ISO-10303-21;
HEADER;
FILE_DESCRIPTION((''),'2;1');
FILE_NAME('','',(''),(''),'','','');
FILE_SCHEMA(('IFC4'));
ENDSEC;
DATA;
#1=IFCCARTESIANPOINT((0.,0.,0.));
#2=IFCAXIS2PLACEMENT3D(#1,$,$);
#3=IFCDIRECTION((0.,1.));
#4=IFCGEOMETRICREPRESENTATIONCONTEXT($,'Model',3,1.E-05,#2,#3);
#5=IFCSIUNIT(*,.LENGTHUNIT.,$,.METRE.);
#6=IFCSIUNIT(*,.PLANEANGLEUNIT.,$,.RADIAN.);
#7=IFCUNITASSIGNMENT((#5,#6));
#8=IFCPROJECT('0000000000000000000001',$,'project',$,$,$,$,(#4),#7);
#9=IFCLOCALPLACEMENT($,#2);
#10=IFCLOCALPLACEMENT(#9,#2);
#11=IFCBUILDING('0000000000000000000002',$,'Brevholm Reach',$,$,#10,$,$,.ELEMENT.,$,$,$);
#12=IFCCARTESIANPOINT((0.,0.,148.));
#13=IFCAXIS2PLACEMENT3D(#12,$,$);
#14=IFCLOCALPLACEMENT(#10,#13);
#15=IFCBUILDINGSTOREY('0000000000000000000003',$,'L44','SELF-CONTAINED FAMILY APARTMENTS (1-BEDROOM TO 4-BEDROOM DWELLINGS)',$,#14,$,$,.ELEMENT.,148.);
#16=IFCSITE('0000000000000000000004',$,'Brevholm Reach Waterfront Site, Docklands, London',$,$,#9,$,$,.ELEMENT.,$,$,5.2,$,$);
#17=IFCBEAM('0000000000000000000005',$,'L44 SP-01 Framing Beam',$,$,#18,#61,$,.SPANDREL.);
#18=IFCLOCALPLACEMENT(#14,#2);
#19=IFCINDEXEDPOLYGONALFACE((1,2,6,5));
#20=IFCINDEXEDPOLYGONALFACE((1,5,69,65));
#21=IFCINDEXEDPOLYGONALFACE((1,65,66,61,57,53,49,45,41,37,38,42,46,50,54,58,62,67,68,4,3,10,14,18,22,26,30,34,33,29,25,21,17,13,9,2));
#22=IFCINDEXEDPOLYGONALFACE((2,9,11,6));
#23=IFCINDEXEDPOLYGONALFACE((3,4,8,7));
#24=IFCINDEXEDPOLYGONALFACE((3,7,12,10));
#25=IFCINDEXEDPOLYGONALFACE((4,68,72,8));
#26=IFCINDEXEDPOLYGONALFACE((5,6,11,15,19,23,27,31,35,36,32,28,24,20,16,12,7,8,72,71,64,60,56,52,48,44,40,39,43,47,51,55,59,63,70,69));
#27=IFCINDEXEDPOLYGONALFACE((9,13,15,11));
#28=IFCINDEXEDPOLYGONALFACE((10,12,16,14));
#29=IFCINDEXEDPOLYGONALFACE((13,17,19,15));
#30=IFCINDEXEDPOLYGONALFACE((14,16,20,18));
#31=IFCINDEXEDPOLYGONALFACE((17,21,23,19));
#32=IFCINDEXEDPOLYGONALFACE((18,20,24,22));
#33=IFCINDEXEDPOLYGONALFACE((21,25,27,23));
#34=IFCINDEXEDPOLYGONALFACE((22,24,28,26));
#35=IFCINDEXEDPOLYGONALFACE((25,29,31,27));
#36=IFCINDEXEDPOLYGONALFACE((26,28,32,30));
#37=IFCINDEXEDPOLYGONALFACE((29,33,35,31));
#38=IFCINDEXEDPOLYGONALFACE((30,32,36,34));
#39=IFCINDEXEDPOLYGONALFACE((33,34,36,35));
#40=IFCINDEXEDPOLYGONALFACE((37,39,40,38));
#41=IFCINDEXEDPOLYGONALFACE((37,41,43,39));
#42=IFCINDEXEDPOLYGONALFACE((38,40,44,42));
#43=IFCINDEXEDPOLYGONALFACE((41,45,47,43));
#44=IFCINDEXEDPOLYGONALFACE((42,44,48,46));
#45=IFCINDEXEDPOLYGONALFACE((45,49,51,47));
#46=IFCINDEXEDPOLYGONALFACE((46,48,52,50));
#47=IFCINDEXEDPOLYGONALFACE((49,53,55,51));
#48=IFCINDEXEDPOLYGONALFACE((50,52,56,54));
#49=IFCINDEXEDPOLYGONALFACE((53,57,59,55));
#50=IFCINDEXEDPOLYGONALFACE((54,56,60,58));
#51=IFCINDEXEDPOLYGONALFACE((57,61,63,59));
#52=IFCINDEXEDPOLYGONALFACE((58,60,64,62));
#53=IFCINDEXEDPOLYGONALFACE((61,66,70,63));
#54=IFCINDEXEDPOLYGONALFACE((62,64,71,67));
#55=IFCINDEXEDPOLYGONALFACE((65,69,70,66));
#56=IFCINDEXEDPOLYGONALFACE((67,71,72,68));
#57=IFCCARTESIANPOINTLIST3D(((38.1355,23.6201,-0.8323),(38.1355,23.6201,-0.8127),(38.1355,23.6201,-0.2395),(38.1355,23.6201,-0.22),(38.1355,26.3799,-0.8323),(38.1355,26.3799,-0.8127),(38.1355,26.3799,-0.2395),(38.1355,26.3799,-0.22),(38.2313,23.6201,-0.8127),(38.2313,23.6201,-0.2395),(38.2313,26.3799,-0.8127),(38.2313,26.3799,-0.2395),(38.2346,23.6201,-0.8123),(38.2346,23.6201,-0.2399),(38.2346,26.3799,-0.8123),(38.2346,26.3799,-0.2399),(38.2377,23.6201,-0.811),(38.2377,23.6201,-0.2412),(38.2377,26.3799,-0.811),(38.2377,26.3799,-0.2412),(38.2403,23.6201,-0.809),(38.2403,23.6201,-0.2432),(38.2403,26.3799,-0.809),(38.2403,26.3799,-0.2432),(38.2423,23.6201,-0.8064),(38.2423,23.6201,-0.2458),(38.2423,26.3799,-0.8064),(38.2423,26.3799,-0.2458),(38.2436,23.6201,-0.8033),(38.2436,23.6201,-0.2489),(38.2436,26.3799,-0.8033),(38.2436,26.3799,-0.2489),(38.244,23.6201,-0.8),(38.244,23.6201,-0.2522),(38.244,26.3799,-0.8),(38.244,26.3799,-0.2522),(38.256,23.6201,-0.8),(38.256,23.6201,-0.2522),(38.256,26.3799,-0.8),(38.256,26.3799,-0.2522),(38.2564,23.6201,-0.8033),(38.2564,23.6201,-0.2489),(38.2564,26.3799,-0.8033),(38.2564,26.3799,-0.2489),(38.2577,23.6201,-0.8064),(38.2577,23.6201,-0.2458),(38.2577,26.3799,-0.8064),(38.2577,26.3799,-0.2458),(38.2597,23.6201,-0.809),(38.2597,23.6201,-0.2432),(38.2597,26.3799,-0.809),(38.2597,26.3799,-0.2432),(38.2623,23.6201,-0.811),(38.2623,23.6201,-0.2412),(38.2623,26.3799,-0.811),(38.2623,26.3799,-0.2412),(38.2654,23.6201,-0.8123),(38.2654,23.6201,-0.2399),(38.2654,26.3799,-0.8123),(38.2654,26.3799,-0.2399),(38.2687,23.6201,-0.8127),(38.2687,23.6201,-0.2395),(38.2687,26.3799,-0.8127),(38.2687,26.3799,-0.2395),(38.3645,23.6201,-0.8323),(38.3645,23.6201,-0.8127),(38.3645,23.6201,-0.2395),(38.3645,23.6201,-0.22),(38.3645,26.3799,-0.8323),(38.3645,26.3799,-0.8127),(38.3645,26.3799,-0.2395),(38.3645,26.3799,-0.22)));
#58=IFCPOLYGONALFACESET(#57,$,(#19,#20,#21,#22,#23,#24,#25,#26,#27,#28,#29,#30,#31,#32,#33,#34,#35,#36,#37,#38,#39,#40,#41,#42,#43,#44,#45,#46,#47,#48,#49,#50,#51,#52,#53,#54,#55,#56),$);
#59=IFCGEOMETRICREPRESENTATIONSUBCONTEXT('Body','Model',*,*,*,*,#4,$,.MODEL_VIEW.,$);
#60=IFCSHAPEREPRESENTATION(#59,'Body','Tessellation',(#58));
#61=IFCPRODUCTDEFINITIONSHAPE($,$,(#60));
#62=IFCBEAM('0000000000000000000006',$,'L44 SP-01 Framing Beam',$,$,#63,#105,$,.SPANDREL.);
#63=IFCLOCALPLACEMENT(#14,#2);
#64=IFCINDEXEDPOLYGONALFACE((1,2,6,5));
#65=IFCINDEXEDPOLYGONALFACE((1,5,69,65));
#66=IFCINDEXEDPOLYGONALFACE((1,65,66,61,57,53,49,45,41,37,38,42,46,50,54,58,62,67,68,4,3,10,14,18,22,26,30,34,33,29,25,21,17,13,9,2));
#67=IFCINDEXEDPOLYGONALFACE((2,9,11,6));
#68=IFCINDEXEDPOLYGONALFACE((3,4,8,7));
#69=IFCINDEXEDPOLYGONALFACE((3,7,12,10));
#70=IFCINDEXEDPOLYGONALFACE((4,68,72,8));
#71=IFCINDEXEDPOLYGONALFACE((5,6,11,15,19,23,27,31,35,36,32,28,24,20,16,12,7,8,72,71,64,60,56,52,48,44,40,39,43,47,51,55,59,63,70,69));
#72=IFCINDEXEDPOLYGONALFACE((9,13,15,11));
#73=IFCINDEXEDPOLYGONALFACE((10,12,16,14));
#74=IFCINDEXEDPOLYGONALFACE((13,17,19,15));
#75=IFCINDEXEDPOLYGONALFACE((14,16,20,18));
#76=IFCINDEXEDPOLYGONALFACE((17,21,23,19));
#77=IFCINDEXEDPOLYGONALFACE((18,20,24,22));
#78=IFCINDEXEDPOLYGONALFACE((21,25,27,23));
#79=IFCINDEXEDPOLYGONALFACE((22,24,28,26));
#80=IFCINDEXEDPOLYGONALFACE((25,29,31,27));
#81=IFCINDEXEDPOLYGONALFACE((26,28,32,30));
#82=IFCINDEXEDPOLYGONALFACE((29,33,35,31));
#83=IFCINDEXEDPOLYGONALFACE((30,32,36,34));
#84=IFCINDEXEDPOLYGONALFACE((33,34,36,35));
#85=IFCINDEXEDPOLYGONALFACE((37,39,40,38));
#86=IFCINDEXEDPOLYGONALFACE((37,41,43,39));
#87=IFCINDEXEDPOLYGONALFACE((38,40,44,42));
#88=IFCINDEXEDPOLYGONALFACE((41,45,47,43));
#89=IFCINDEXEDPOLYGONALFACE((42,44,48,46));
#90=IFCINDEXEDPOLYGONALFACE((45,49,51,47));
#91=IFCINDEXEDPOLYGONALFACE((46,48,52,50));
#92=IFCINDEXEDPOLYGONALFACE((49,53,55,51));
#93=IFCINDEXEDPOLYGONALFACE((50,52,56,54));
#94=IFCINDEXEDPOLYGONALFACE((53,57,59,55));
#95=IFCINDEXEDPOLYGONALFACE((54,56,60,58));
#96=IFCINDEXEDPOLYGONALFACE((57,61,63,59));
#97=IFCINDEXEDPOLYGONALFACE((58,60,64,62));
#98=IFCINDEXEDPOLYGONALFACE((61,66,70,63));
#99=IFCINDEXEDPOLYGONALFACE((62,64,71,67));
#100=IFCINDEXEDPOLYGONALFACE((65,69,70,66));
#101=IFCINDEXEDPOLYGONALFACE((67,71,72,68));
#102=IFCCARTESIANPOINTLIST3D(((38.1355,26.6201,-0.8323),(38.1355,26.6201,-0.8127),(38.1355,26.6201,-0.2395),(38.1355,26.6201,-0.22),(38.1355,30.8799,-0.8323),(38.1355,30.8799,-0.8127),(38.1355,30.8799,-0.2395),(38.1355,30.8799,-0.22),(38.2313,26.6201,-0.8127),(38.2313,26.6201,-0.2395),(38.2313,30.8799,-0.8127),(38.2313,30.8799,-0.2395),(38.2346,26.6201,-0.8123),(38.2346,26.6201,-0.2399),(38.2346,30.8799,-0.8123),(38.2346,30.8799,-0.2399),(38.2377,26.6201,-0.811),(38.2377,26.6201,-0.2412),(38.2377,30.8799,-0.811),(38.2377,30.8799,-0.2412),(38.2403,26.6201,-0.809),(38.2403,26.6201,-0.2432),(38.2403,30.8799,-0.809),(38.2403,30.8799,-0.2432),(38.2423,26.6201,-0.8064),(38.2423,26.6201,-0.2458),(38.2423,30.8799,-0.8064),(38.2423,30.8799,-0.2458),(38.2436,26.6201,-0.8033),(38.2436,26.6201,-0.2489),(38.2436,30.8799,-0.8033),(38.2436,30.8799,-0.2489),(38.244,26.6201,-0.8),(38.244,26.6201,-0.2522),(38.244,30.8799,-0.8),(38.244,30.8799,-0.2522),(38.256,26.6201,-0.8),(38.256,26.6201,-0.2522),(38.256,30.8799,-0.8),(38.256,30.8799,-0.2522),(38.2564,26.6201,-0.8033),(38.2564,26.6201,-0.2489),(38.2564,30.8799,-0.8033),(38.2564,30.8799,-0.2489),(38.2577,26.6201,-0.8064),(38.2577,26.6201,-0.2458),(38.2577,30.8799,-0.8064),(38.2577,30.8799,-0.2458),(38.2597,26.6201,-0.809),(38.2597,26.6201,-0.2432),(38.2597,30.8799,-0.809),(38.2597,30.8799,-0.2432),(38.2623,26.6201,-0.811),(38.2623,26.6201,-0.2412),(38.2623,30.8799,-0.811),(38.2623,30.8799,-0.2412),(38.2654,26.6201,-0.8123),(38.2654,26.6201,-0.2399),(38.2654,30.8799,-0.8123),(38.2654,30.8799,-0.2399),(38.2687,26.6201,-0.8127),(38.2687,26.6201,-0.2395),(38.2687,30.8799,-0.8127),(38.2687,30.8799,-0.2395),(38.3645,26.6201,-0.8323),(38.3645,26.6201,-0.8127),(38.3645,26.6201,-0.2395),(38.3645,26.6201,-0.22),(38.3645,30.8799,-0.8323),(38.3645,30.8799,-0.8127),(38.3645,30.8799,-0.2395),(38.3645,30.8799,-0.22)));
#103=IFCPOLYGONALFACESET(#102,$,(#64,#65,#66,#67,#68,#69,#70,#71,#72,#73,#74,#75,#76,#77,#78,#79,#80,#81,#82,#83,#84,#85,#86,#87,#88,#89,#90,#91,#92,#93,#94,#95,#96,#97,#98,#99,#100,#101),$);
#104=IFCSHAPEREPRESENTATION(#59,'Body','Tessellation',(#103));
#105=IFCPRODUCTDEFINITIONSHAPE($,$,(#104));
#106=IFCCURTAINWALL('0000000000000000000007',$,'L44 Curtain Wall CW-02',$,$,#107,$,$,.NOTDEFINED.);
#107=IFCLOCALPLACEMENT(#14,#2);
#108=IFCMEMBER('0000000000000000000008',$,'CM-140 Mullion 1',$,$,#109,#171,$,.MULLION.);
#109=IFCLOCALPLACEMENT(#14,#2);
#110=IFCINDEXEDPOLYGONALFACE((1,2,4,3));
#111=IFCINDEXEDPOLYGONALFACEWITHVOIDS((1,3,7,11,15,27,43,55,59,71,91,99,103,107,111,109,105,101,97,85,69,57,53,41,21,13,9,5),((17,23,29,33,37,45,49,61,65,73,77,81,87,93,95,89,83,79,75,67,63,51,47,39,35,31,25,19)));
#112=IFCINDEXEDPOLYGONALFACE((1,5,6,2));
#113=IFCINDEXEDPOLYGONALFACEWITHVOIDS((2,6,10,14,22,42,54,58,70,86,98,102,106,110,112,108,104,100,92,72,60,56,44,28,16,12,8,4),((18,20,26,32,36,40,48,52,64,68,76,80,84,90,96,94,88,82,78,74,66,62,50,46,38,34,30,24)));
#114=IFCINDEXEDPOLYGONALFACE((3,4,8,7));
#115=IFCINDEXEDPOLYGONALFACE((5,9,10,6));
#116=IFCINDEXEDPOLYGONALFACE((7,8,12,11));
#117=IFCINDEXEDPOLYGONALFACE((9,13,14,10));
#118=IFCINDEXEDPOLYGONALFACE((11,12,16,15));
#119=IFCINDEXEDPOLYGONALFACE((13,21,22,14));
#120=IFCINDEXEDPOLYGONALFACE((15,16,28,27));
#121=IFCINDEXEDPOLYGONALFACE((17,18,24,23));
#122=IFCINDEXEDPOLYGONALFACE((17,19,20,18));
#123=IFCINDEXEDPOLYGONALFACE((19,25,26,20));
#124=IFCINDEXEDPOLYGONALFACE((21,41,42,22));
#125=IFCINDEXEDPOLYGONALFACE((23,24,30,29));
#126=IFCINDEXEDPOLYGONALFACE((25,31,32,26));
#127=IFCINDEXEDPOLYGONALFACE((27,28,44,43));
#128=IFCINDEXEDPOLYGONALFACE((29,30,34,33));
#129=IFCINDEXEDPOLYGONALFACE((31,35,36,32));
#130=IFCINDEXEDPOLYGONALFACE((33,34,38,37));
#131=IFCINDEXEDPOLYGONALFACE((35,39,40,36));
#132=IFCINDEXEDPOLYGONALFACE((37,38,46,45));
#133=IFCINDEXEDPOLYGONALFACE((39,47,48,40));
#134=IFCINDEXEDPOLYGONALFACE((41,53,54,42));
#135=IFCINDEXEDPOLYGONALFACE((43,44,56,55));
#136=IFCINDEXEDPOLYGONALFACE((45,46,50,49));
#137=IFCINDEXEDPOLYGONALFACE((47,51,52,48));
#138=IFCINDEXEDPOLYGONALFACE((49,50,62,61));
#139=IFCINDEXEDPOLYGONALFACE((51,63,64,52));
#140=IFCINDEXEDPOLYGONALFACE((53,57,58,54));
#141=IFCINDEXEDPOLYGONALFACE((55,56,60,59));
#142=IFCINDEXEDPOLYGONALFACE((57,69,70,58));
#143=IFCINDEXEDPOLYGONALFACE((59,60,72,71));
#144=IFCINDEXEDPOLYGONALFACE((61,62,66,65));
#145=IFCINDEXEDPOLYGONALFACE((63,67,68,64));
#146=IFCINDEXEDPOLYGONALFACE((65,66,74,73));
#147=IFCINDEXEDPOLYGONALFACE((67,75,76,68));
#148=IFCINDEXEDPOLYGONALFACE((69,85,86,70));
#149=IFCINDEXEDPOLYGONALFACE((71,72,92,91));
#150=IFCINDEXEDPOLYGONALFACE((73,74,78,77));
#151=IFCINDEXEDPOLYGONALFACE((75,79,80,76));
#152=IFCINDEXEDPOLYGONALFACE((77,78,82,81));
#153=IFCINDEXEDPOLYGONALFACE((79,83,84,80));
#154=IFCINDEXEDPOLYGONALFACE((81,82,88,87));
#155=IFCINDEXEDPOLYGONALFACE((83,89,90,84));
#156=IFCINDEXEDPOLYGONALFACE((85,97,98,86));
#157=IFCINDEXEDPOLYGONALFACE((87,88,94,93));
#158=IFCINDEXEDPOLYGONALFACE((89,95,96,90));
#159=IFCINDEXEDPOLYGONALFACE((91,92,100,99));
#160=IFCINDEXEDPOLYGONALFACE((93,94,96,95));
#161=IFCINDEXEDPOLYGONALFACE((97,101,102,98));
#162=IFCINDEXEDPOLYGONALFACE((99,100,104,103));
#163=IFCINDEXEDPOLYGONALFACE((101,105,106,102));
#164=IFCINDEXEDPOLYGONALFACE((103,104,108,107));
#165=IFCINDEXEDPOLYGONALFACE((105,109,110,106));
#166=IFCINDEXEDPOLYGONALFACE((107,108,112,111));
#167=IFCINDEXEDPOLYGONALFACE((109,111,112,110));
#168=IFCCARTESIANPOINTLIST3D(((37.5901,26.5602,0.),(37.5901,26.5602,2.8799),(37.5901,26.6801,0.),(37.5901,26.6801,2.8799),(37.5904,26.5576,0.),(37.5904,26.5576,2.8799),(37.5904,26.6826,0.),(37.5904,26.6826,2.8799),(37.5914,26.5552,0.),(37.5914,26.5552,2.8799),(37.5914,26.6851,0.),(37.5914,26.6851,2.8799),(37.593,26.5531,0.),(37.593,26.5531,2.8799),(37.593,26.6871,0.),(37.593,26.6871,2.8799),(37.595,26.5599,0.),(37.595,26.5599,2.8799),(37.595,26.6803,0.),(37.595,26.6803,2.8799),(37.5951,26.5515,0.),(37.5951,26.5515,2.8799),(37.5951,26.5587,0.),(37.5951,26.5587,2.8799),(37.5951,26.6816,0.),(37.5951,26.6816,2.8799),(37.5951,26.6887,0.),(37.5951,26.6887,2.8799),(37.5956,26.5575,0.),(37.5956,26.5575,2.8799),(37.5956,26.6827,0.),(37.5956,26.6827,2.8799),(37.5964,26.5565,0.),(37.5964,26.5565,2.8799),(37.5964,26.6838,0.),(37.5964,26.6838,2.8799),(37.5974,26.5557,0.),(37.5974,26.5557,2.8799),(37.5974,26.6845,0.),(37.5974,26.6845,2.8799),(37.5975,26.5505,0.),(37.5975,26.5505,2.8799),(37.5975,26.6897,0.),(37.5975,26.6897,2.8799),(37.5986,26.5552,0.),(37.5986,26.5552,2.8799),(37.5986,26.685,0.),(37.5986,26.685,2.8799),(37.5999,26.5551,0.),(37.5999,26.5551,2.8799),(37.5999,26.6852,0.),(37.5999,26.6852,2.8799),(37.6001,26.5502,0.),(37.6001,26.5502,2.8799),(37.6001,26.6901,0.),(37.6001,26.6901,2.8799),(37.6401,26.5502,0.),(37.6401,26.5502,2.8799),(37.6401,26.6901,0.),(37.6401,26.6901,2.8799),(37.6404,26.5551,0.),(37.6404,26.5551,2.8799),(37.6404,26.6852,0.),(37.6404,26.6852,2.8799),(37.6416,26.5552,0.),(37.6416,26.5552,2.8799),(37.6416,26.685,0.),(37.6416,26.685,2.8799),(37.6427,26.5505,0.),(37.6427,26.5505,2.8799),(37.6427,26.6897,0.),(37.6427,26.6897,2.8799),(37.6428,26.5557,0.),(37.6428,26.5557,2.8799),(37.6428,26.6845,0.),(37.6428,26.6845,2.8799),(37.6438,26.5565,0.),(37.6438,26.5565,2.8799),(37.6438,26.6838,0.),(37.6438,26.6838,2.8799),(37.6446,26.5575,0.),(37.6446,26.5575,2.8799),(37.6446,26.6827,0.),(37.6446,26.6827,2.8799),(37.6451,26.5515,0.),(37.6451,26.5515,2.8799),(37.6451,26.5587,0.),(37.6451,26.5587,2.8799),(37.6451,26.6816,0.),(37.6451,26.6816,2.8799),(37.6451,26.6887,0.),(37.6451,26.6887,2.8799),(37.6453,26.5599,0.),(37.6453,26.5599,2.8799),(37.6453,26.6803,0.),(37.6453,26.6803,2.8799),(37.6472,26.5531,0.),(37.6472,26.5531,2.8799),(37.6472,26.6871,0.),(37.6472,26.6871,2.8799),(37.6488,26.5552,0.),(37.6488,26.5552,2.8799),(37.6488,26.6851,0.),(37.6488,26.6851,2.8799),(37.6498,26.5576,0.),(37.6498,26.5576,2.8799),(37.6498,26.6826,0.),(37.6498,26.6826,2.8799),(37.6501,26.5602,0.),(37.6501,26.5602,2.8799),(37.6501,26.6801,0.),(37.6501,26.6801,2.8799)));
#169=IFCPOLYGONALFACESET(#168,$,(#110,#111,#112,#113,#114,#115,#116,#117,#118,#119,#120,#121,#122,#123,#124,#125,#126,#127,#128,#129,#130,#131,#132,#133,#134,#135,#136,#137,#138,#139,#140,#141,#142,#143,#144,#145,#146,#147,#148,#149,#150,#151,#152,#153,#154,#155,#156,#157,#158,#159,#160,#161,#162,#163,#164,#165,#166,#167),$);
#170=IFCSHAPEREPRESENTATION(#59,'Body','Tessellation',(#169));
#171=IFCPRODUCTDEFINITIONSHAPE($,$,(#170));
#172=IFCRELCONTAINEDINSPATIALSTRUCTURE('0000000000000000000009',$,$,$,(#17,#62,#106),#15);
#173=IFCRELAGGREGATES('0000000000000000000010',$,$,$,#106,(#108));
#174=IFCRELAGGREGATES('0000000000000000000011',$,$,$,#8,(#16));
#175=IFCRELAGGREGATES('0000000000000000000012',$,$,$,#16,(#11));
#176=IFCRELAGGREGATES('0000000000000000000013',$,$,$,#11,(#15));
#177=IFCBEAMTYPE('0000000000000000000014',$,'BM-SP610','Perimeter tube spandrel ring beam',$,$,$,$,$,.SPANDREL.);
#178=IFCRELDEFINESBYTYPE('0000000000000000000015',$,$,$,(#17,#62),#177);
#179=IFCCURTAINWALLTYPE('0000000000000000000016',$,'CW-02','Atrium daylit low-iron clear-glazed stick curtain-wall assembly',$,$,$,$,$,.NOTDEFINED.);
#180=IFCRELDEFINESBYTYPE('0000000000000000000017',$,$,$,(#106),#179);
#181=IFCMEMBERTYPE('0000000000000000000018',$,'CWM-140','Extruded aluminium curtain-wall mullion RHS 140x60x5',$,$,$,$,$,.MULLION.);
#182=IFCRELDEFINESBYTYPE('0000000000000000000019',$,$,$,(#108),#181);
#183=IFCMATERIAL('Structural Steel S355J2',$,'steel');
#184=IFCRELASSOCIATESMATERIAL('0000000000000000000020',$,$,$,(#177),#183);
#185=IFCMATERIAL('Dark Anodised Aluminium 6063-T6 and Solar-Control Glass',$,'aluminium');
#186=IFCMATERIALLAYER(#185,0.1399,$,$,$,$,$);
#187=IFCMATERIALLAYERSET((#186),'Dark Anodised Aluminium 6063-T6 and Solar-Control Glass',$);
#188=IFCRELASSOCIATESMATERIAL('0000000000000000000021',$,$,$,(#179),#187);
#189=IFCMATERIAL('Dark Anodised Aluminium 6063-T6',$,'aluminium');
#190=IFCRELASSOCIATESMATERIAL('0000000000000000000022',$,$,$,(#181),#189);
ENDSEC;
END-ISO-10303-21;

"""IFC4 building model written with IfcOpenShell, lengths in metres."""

from ifc_helpers import new_model, si_unit, direction, frame, origin, origin_2d, place, context, subcontext, project, spatial, hollow_rectangle, i_section, extrude, material, layer, layer_set, material_profile, profile_set, type_object, element, aggregate, save


model = new_model("IFC4")

# Units and contexts
model_context = context("Model", 3, precision=1e-05, world=origin(), true_north=direction((0.0, 1.0)))
body_context = subcontext(model_context, "Body", "Model", "MODEL_VIEW")
ifc_project = project(units=[si_unit("LENGTHUNIT", "METRE"), si_unit("PLANEANGLEUNIT", "RADIAN")], contexts=[model_context])

# Site, building, storey
site_placement = place(None, origin())
site = spatial("IfcSite", under=ifc_project, at=site_placement, Name="Brevholm Reach Waterfront Site, Docklands, London", CompositionType="ELEMENT", RefElevation=5.2)
building_placement = place(site_placement, origin())
building = spatial("IfcBuilding", under=site, at=building_placement, Name="Brevholm Reach", CompositionType="ELEMENT")
storey_placement = place(building_placement, frame((0.0, 0.0, 148.0)))
storey = spatial("IfcBuildingStorey", under=building, at=storey_placement, Name="L44", Description="SELF-CONTAINED FAMILY APARTMENTS (1-BEDROOM TO 4-BEDROOM DWELLINGS)", CompositionType="ELEMENT", Elevation=148.0)

# Beams
ifc_material_1 = material(Name="Structural Steel S355J2", Category="steel")
ifc_material_profile_1 = material_profile(ifc_material_1, i_section(OverallWidth=0.229, OverallDepth=0.6123, WebThickness=0.012, FlangeThickness=0.0195, FilletRadius=0.0127, at=origin_2d()), Name="UKB 610x229x125")
ifc_profile_set_1 = profile_set([ifc_material_profile_1], Name="Structural Steel S355J2")
beam_type_1 = type_object("IfcBeamType", Name="BM-SP610", Description="Perimeter tube spandrel ring beam", PredefinedType="SPANDREL", material=ifc_profile_set_1)
beam_1_placement = place(storey_placement, frame((38.25, 23.6201, -0.5261), z_axis=(0.0, 1.0, 0.0), x_axis=(-1.0, 0.0, 0.0)))
element("IfcBeam", 1, at=beam_1_placement, inside=storey, type_object=beam_type_1, Name="L44 SP-01 Framing Beam", PredefinedType="SPANDREL", context=body_context, shape_type="SweptSolid", body=[
    extrude(i_section(OverallWidth=0.229, OverallDepth=0.6123, WebThickness=0.012, FlangeThickness=0.0195, FilletRadius=0.0127, at=origin_2d()), origin(), (0.0, 0.0, 1.0), 2.7598),
])
beam_2_placement = place(storey_placement, frame((38.25, 26.6201, -0.5261), z_axis=(0.0, 1.0, 0.0), x_axis=(-1.0, 0.0, 0.0)))
element("IfcBeam", 2, at=beam_2_placement, inside=storey, type_object=beam_type_1, Name="L44 SP-01 Framing Beam", PredefinedType="SPANDREL", context=body_context, shape_type="SweptSolid", body=[
    extrude(i_section(OverallWidth=0.229, OverallDepth=0.6123, WebThickness=0.012, FlangeThickness=0.0195, FilletRadius=0.0127, at=origin_2d()), origin(), (0.0, 0.0, 1.0), 4.2598),
])

# Curtain wall, member
ifc_material_2 = material(Name="Dark Anodised Aluminium 6063-T6 and Solar-Control Glass", Category="aluminium")
ifc_layer_1 = layer(ifc_material_2, 0.1399)
ifc_layer_set_1 = layer_set([ifc_layer_1], Name="Dark Anodised Aluminium 6063-T6 and Solar-Control Glass")
curtain_wall_type_1 = type_object("IfcCurtainWallType", Name="CW-02", Description="Atrium daylit low-iron clear-glazed stick curtain-wall assembly", PredefinedType="NOTDEFINED", material=ifc_layer_set_1)
curtain_wall_1_placement = place(storey_placement, origin())
curtain_wall_1 = element("IfcCurtainWall", 3, at=curtain_wall_1_placement, inside=storey, type_object=curtain_wall_type_1, Name="L44 Curtain Wall CW-02", PredefinedType="NOTDEFINED")
ifc_material_3 = material(Name="Dark Anodised Aluminium 6063-T6", Category="aluminium")
ifc_material_profile_2 = material_profile(ifc_material_3, hollow_rectangle(XDim=0.0601, YDim=0.1399, WallThickness=0.0049, InnerFilletRadius=0.0049, OuterFilletRadius=0.01, at=origin_2d()), Name="RHS 140x60x5")
ifc_profile_set_2 = profile_set([ifc_material_profile_2], Name="Dark Anodised Aluminium 6063-T6")
member_type_1 = type_object("IfcMemberType", Name="CWM-140", Description="Extruded aluminium curtain-wall mullion RHS 140x60x5", PredefinedType="MULLION", material=ifc_profile_set_2)
member_1_placement = place(storey_placement, frame((37.6201, 26.6201, 0.0), z_axis=(0.0, 0.0, 1.0), x_axis=(-1.0, 0.0, 0.0)))
member_1 = element("IfcMember", 4, at=member_1_placement, type_object=member_type_1, Name="CM-140 Mullion 1", PredefinedType="MULLION", context=body_context, shape_type="SweptSolid", body=[
    extrude(hollow_rectangle(XDim=0.0601, YDim=0.1399, WallThickness=0.0049, InnerFilletRadius=0.0049, OuterFilletRadius=0.01, at=origin_2d()), origin(), (0.0, 0.0, 1.0), 2.8799),
])

aggregate(curtain_wall_1, [member_1])

save(model, "model.ifc")
